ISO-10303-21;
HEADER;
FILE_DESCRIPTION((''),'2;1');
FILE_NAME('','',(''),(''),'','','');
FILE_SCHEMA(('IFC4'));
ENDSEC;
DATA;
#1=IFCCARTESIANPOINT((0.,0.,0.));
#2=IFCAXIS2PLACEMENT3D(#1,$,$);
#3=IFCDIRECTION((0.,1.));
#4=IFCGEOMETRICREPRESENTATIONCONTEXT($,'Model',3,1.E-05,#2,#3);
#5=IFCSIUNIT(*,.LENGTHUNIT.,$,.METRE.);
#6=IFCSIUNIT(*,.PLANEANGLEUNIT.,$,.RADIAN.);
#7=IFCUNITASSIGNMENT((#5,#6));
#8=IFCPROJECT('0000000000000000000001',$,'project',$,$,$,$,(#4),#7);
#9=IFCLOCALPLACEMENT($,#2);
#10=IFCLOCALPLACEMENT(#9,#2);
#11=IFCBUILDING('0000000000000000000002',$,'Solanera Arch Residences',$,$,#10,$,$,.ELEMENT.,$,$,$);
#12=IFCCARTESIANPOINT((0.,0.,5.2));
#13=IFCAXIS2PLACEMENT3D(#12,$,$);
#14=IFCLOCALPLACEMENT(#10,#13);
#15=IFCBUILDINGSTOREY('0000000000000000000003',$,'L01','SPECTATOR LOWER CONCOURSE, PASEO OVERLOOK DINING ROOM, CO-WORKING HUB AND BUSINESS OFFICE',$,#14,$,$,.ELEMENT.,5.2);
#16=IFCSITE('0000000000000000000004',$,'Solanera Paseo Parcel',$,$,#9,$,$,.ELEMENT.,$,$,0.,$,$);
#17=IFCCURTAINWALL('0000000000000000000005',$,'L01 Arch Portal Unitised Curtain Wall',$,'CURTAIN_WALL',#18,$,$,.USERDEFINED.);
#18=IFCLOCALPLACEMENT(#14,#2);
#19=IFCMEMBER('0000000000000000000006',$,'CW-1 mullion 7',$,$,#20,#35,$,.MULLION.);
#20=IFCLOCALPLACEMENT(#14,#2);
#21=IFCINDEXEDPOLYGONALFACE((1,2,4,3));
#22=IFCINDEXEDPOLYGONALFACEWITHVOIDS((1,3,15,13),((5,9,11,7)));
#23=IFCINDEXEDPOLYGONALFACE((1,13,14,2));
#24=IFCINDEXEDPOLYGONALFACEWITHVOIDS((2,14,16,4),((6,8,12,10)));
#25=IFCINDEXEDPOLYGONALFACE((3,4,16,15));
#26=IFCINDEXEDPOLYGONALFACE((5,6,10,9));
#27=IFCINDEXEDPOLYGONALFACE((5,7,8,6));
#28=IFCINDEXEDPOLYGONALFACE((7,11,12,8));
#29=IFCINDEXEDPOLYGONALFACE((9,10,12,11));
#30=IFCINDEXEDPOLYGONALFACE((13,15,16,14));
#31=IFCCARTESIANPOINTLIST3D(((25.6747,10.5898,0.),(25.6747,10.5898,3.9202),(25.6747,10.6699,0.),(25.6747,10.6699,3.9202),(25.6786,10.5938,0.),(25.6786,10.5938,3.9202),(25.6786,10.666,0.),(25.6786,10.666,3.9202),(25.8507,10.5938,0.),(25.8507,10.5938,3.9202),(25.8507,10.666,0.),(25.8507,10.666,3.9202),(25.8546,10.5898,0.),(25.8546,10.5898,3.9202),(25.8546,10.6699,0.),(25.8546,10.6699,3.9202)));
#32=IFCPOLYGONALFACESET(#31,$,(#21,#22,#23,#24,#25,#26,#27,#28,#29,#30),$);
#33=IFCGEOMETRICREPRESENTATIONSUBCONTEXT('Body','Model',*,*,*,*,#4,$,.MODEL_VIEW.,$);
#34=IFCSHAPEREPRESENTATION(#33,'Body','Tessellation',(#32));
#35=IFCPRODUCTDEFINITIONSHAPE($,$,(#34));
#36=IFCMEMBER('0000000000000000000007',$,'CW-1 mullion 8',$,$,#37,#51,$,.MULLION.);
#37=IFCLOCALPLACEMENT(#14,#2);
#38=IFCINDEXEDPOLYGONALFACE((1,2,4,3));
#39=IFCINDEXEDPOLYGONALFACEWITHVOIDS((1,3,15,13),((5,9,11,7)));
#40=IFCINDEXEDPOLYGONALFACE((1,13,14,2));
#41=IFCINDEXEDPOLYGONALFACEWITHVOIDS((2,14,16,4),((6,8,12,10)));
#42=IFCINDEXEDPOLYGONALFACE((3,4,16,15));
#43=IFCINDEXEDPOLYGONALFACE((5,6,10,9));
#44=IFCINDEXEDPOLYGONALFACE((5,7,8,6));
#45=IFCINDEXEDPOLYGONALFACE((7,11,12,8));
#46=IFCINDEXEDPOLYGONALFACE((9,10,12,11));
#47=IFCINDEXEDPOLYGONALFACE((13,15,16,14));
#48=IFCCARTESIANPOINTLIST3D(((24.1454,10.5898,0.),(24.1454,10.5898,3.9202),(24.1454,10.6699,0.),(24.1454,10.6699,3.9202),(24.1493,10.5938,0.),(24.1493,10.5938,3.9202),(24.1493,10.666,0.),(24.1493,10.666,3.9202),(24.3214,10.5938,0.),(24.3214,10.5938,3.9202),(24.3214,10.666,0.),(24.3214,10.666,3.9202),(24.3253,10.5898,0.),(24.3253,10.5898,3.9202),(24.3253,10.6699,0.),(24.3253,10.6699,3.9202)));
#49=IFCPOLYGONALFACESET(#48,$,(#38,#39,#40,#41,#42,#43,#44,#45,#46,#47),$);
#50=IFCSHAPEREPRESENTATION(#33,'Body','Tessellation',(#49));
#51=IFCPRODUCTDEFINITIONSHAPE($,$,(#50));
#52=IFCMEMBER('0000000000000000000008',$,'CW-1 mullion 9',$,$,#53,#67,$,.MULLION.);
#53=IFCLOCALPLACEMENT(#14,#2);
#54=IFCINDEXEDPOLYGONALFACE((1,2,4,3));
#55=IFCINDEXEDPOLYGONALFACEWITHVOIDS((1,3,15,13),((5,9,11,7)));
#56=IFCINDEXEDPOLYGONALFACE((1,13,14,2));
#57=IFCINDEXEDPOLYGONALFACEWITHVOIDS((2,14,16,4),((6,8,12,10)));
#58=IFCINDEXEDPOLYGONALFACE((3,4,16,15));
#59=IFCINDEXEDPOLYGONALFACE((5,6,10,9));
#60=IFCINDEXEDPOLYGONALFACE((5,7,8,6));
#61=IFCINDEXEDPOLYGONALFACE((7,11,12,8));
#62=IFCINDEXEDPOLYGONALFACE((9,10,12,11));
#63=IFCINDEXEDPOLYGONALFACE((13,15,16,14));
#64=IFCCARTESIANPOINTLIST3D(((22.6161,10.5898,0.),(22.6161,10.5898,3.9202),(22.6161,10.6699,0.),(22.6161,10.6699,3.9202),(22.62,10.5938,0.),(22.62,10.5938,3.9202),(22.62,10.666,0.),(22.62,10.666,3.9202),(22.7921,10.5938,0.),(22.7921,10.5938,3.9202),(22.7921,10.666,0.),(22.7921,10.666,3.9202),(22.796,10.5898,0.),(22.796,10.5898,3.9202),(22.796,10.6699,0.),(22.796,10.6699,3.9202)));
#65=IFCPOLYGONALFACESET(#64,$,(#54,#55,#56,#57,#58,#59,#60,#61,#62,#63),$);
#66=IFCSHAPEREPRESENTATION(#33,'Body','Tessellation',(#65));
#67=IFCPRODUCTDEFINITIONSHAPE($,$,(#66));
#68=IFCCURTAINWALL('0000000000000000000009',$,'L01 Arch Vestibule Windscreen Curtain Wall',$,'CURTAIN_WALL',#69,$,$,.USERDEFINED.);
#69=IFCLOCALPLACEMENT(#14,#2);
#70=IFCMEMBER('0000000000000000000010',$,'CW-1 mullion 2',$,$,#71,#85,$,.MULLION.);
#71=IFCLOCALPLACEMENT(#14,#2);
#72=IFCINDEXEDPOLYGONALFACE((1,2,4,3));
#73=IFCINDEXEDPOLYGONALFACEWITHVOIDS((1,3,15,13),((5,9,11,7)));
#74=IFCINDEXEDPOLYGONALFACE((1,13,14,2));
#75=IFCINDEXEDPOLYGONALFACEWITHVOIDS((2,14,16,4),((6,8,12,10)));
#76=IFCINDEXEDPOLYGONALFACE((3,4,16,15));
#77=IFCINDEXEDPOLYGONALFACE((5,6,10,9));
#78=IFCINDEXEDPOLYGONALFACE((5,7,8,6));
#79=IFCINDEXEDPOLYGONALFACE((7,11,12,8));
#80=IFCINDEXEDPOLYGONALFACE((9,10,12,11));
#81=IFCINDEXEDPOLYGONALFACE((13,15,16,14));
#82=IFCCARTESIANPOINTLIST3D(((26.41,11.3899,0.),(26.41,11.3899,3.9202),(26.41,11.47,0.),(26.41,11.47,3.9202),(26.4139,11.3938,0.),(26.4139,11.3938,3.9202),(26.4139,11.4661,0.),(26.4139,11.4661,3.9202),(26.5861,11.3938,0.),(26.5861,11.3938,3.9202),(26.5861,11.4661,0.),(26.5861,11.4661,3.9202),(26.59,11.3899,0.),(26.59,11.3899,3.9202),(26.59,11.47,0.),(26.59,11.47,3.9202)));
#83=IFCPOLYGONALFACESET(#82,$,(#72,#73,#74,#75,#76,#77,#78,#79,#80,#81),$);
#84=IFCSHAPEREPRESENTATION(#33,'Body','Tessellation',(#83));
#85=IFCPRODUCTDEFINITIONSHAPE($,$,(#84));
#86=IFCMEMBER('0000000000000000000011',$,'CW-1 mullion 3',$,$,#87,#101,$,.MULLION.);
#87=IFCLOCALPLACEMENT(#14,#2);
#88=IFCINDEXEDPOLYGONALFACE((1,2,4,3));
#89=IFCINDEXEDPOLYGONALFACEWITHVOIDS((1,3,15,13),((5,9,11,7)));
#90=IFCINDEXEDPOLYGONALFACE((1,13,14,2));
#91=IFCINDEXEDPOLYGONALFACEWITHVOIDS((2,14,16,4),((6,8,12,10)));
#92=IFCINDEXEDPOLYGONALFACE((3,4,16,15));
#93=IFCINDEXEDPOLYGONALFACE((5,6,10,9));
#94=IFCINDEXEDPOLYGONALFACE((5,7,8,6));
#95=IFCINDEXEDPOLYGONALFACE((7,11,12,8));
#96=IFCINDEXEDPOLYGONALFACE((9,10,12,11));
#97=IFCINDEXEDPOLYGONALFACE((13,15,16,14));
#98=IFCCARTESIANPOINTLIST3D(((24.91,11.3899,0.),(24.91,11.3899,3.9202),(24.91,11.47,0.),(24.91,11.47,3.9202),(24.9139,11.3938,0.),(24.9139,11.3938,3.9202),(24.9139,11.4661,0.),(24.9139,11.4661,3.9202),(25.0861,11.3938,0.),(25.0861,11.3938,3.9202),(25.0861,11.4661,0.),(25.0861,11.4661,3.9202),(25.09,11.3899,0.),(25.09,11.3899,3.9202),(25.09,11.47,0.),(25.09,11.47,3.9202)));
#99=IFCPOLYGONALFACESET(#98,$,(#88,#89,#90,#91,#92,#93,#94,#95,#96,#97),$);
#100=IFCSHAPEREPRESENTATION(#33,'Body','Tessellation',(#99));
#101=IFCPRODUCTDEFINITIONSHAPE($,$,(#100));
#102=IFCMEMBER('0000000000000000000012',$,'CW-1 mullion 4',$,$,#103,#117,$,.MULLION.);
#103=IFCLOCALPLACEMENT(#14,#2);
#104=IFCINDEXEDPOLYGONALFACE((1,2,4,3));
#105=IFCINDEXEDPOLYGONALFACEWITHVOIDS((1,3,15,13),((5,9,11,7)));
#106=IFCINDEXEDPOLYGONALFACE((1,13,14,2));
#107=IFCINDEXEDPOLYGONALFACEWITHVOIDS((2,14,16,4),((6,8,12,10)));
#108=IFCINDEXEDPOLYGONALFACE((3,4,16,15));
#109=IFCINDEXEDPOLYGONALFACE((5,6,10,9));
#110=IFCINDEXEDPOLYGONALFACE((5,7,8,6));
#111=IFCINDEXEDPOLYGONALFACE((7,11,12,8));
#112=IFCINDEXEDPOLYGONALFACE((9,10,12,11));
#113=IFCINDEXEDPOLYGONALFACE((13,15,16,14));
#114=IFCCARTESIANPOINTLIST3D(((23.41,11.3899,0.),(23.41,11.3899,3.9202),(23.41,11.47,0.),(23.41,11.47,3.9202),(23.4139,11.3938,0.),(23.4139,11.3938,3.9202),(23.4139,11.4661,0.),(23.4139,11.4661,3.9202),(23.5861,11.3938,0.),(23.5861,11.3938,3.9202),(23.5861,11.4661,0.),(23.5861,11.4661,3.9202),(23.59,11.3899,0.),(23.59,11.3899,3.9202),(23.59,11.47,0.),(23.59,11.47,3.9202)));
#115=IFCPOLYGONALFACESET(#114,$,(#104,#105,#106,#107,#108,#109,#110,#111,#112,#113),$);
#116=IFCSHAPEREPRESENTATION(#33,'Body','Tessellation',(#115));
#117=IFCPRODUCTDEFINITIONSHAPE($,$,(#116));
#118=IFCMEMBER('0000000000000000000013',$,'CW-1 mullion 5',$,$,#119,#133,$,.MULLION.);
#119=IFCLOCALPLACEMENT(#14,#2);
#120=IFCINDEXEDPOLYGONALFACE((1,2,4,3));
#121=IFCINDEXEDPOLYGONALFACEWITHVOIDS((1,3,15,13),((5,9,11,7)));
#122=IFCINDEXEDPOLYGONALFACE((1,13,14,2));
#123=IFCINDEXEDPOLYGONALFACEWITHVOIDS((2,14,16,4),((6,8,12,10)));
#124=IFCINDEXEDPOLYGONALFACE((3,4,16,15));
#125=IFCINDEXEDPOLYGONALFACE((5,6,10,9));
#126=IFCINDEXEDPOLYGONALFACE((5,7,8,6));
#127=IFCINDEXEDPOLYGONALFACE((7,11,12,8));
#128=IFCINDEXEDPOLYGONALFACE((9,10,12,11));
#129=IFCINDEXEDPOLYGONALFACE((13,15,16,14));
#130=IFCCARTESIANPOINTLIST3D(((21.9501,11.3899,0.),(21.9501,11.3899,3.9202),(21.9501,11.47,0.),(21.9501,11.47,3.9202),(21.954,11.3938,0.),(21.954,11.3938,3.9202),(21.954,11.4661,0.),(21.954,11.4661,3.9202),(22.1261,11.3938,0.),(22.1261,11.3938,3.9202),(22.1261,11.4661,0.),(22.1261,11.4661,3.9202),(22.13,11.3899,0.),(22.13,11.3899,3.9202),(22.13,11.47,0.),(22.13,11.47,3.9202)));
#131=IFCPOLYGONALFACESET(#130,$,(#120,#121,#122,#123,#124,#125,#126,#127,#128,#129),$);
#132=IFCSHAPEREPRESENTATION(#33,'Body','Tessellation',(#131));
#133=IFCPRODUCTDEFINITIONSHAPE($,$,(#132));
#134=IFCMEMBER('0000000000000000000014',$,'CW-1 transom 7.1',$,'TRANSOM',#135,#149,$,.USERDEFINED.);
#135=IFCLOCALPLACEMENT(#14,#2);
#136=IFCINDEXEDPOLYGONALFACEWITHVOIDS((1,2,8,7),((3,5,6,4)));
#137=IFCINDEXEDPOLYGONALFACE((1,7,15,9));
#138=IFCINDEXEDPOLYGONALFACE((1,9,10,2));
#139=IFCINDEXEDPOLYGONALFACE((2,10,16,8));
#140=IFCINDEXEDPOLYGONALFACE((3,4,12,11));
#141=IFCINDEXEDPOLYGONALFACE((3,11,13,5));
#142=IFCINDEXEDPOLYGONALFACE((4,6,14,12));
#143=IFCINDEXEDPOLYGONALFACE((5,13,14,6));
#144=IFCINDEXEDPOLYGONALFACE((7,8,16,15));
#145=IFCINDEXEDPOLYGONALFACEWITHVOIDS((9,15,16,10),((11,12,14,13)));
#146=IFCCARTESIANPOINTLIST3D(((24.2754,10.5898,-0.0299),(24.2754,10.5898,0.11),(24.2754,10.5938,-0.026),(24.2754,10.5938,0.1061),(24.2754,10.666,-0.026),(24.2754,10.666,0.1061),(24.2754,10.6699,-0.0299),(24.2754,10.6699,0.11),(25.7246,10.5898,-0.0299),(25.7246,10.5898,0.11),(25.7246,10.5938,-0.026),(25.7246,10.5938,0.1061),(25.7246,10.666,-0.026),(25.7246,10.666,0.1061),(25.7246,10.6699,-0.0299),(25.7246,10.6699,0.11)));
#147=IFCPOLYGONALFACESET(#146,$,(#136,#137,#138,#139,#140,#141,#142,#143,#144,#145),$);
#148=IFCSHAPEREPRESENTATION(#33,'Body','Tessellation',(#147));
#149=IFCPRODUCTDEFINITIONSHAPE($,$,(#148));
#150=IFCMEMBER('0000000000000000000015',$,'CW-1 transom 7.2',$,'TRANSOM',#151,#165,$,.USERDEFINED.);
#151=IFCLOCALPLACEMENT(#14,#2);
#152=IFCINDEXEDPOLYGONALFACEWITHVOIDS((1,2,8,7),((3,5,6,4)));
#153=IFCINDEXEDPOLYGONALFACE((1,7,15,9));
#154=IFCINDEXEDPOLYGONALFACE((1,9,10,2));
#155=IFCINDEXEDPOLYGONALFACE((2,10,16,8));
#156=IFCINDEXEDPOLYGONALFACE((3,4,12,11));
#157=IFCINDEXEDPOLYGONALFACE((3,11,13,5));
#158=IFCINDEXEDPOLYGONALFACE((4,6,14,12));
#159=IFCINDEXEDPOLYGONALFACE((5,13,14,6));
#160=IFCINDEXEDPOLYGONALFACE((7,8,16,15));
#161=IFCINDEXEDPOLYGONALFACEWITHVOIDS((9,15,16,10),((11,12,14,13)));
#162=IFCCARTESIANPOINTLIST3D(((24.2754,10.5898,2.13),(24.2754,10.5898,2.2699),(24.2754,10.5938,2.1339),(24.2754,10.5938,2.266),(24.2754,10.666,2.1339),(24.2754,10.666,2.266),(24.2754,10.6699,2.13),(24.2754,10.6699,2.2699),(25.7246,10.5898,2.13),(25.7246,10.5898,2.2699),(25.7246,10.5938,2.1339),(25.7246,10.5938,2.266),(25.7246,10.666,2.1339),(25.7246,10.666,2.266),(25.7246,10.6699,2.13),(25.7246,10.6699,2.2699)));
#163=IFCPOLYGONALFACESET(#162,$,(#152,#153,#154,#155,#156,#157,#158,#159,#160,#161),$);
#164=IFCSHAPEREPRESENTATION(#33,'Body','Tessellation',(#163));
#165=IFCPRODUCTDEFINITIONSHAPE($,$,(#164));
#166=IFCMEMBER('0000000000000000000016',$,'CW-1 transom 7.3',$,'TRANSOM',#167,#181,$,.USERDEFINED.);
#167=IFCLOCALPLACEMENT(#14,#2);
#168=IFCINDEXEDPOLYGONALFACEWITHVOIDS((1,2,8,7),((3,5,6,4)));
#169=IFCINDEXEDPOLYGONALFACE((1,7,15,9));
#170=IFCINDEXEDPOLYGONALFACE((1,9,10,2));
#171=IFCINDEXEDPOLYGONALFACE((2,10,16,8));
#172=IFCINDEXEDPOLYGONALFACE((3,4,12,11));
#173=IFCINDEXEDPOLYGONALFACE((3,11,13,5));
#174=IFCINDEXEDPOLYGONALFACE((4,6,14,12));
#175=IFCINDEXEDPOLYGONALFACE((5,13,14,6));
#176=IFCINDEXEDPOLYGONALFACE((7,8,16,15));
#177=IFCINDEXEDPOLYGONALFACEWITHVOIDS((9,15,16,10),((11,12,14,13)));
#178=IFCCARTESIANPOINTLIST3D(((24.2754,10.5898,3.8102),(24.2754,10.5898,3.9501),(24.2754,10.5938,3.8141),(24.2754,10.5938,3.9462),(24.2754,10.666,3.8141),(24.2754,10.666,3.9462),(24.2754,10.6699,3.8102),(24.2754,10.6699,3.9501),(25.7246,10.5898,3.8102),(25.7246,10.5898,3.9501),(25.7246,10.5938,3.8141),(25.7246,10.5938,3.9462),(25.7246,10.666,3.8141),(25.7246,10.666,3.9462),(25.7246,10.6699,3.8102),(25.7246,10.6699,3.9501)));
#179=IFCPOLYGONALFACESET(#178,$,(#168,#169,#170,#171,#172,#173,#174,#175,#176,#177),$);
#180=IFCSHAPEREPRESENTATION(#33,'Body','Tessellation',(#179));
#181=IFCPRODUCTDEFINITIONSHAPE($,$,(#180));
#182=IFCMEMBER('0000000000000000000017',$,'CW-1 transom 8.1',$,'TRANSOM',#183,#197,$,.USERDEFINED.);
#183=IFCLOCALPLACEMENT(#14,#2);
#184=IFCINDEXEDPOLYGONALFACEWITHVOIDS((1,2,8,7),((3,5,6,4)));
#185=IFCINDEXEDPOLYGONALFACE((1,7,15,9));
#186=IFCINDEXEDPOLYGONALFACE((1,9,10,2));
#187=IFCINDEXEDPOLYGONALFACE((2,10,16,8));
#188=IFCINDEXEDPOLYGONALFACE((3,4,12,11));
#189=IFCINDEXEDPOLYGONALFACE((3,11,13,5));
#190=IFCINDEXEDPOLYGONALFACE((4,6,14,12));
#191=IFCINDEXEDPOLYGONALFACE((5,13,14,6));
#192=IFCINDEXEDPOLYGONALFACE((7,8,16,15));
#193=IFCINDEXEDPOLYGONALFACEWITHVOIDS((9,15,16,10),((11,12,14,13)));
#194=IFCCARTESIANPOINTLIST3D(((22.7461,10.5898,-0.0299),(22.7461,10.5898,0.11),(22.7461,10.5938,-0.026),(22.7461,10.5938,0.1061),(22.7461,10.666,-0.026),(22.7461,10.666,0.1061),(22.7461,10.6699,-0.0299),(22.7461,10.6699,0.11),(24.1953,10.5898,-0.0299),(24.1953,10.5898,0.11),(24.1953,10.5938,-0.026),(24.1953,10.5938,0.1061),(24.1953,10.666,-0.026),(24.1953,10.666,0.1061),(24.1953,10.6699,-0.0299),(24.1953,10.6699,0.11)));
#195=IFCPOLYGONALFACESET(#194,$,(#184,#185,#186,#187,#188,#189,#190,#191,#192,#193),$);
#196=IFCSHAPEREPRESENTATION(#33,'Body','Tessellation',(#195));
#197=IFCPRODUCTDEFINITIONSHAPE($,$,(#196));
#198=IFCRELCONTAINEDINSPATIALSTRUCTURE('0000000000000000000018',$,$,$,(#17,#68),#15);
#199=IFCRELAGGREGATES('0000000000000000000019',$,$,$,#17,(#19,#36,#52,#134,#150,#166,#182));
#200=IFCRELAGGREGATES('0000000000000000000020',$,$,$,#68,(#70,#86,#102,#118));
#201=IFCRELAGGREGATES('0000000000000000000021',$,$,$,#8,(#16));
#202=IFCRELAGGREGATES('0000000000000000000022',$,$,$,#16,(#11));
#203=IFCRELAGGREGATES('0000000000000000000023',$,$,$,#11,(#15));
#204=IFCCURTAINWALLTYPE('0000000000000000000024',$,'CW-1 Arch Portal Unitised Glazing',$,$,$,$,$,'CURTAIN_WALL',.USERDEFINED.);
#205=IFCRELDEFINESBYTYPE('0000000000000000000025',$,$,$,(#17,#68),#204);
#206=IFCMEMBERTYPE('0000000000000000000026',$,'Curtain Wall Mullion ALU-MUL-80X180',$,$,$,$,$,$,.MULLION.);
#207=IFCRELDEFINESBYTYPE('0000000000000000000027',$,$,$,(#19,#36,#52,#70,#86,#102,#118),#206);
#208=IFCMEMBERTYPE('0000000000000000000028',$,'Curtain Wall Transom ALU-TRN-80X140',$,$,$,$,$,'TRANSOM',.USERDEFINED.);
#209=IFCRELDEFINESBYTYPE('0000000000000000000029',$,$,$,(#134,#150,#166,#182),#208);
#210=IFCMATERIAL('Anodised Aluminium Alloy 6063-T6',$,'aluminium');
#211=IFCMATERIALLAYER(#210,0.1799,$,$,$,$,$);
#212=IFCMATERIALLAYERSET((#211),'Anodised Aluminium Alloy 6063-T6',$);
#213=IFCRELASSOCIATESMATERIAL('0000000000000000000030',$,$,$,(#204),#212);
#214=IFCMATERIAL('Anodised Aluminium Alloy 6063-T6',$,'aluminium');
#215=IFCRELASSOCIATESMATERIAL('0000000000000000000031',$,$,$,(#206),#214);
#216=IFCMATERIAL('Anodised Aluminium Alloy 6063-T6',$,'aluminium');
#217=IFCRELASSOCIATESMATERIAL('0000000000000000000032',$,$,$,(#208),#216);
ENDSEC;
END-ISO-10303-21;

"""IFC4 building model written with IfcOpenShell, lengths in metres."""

from ifc_helpers import new_model, si_unit, direction, frame, origin, origin_2d, place, context, subcontext, project, spatial, hollow_rectangle, extrude, material, layer, layer_set, material_profile, profile_set, type_object, element, aggregate, save


model = new_model("IFC4")

# Units and contexts
model_context = context("Model", 3, precision=1e-05, world=origin(), true_north=direction((0.0, 1.0)))
body_context = subcontext(model_context, "Body", "Model", "MODEL_VIEW")
ifc_project = project(units=[si_unit("LENGTHUNIT", "METRE"), si_unit("PLANEANGLEUNIT", "RADIAN")], contexts=[model_context])

# Site, building, storey
site_placement = place(None, origin())
site = spatial("IfcSite", under=ifc_project, at=site_placement, Name="Solanera Paseo Parcel", CompositionType="ELEMENT", RefElevation=0.0)
building_placement = place(site_placement, origin())
building = spatial("IfcBuilding", under=site, at=building_placement, Name="Solanera Arch Residences", CompositionType="ELEMENT")
storey_placement = place(building_placement, frame((0.0, 0.0, 5.2)))
storey = spatial("IfcBuildingStorey", under=building, at=storey_placement, Name="L01", Description="SPECTATOR LOWER CONCOURSE, PASEO OVERLOOK DINING ROOM, CO-WORKING HUB AND BUSINESS OFFICE", CompositionType="ELEMENT", Elevation=5.2)

# Curtain walls, members
ifc_material_1 = material(Name="Anodised Aluminium Alloy 6063-T6", Category="aluminium")
ifc_layer_1 = layer(ifc_material_1, 0.1799)
ifc_layer_set_1 = layer_set([ifc_layer_1], Name="Anodised Aluminium Alloy 6063-T6")
curtain_wall_type = type_object("IfcCurtainWallType", Name="CW-1 Arch Portal Unitised Glazing", ElementType="CURTAIN_WALL", PredefinedType="USERDEFINED", material=ifc_layer_set_1)
curtain_wall_1_placement = place(storey_placement, origin())
curtain_wall_1 = element("IfcCurtainWall", 1, at=curtain_wall_1_placement, inside=storey, type_object=curtain_wall_type, Name="L01 Arch Portal Unitised Curtain Wall", ObjectType="CURTAIN_WALL", PredefinedType="USERDEFINED")
ifc_material_2 = material(Name="Anodised Aluminium Alloy 6063-T6", Category="aluminium")
ifc_material_profile_1 = material_profile(ifc_material_2, hollow_rectangle(XDim=0.0801, YDim=0.1799, WallThickness=0.0039, at=origin_2d()))
ifc_profile_set_1 = profile_set([ifc_material_profile_1], Name="Anodised Aluminium Alloy 6063-T6")
member_type_1 = type_object("IfcMemberType", Name="Curtain Wall Mullion ALU-MUL-80X180", PredefinedType="MULLION", material=ifc_profile_set_1)
member_1_placement = place(storey_placement, frame((25.7646, 10.6299, 0.0), z_axis=(0.0, 0.0, 1.0), x_axis=(0.0, -1.0, 0.0)))
member_1 = element("IfcMember", 2, at=member_1_placement, type_object=member_type_1, Name="CW-1 mullion 7", PredefinedType="MULLION", context=body_context, shape_type="SweptSolid", body=[
    extrude(hollow_rectangle(XDim=0.0801, YDim=0.1799, WallThickness=0.0039, at=origin_2d()), origin(), (0.0, 0.0, 1.0), 3.9202),
])
member_2_placement = place(storey_placement, frame((24.2354, 10.6299, 0.0), z_axis=(0.0, 0.0, 1.0), x_axis=(0.0, -1.0, 0.0)))
member_2 = element("IfcMember", 3, at=member_2_placement, type_object=member_type_1, Name="CW-1 mullion 8", PredefinedType="MULLION", context=body_context, shape_type="SweptSolid", body=[
    extrude(hollow_rectangle(XDim=0.0801, YDim=0.1799, WallThickness=0.0039, at=origin_2d()), origin(), (0.0, 0.0, 1.0), 3.9202),
])
member_3_placement = place(storey_placement, frame((22.7061, 10.6299, 0.0), z_axis=(0.0, 0.0, 1.0), x_axis=(0.0, -1.0, 0.0)))
member_3 = element("IfcMember", 4, at=member_3_placement, type_object=member_type_1, Name="CW-1 mullion 9", PredefinedType="MULLION", context=body_context, shape_type="SweptSolid", body=[
    extrude(hollow_rectangle(XDim=0.0801, YDim=0.1799, WallThickness=0.0039, at=origin_2d()), origin(), (0.0, 0.0, 1.0), 3.9202),
])
curtain_wall_2_placement = place(storey_placement, origin())
curtain_wall_2 = element("IfcCurtainWall", 5, at=curtain_wall_2_placement, inside=storey, type_object=curtain_wall_type, Name="L01 Arch Vestibule Windscreen Curtain Wall", ObjectType="CURTAIN_WALL", PredefinedType="USERDEFINED")
member_4_placement = place(storey_placement, frame((26.5, 11.4299, 0.0), z_axis=(0.0, 0.0, 1.0), x_axis=(0.0, -1.0, 0.0)))
member_4 = element("IfcMember", 6, at=member_4_placement, type_object=member_type_1, Name="CW-1 mullion 2", PredefinedType="MULLION", context=body_context, shape_type="SweptSolid", body=[
    extrude(hollow_rectangle(XDim=0.0801, YDim=0.1799, WallThickness=0.0039, at=origin_2d()), origin(), (0.0, 0.0, 1.0), 3.9202),
])
member_5_placement = place(storey_placement, frame((25.0, 11.4299, 0.0), z_axis=(0.0, 0.0, 1.0), x_axis=(0.0, -1.0, 0.0)))
member_5 = element("IfcMember", 7, at=member_5_placement, type_object=member_type_1, Name="CW-1 mullion 3", PredefinedType="MULLION", context=body_context, shape_type="SweptSolid", body=[
    extrude(hollow_rectangle(XDim=0.0801, YDim=0.1799, WallThickness=0.0039, at=origin_2d()), origin(), (0.0, 0.0, 1.0), 3.9202),
])
member_6_placement = place(storey_placement, frame((23.5, 11.4299, 0.0), z_axis=(0.0, 0.0, 1.0), x_axis=(0.0, -1.0, 0.0)))
member_6 = element("IfcMember", 8, at=member_6_placement, type_object=member_type_1, Name="CW-1 mullion 4", PredefinedType="MULLION", context=body_context, shape_type="SweptSolid", body=[
    extrude(hollow_rectangle(XDim=0.0801, YDim=0.1799, WallThickness=0.0039, at=origin_2d()), origin(), (0.0, 0.0, 1.0), 3.9202),
])
member_7_placement = place(storey_placement, frame((22.04, 11.4299, 0.0), z_axis=(0.0, 0.0, 1.0), x_axis=(0.0, -1.0, 0.0)))
member_7 = element("IfcMember", 9, at=member_7_placement, type_object=member_type_1, Name="CW-1 mullion 5", PredefinedType="MULLION", context=body_context, shape_type="SweptSolid", body=[
    extrude(hollow_rectangle(XDim=0.0801, YDim=0.1799, WallThickness=0.0039, at=origin_2d()), origin(), (0.0, 0.0, 1.0), 3.9202),
])

# Members
ifc_material_3 = material(Name="Anodised Aluminium Alloy 6063-T6", Category="aluminium")
ifc_material_profile_2 = material_profile(ifc_material_3, hollow_rectangle(XDim=0.0801, YDim=0.1399, WallThickness=0.0039, at=origin_2d()))
ifc_profile_set_2 = profile_set([ifc_material_profile_2], Name="Anodised Aluminium Alloy 6063-T6")
member_type_2 = type_object("IfcMemberType", Name="Curtain Wall Transom ALU-TRN-80X140", ElementType="TRANSOM", PredefinedType="USERDEFINED", material=ifc_profile_set_2)
member_8_placement = place(storey_placement, frame((25.7246, 10.6299, 0.04), z_axis=(-1.0, 0.0, 0.0), x_axis=(0.0, -1.0, 0.0)))
member_8 = element("IfcMember", 10, at=member_8_placement, type_object=member_type_2, Name="CW-1 transom 7.1", ObjectType="TRANSOM", PredefinedType="USERDEFINED", context=body_context, shape_type="SweptSolid", body=[
    extrude(hollow_rectangle(XDim=0.0801, YDim=0.1399, WallThickness=0.0039, at=origin_2d()), origin(), (0.0, 0.0, 1.0), 1.4492),
])
member_9_placement = place(storey_placement, frame((25.7246, 10.6299, 2.2), z_axis=(-1.0, 0.0, 0.0), x_axis=(0.0, -1.0, 0.0)))
member_9 = element("IfcMember", 11, at=member_9_placement, type_object=member_type_2, Name="CW-1 transom 7.2", ObjectType="TRANSOM", PredefinedType="USERDEFINED", context=body_context, shape_type="SweptSolid", body=[
    extrude(hollow_rectangle(XDim=0.0801, YDim=0.1399, WallThickness=0.0039, at=origin_2d()), origin(), (0.0, 0.0, 1.0), 1.4492),
])
member_10_placement = place(storey_placement, frame((25.7246, 10.6299, 3.8801), z_axis=(-1.0, 0.0, 0.0), x_axis=(0.0, -1.0, 0.0)))
member_10 = element("IfcMember", 12, at=member_10_placement, type_object=member_type_2, Name="CW-1 transom 7.3", ObjectType="TRANSOM", PredefinedType="USERDEFINED", context=body_context, shape_type="SweptSolid", body=[
    extrude(hollow_rectangle(XDim=0.0801, YDim=0.1399, WallThickness=0.0039, at=origin_2d()), origin(), (0.0, 0.0, 1.0), 1.4492),
])
member_11_placement = place(storey_placement, frame((24.1953, 10.6299, 0.04), z_axis=(-1.0, 0.0, 0.0), x_axis=(0.0, -1.0, 0.0)))
member_11 = element("IfcMember", 13, at=member_11_placement, type_object=member_type_2, Name="CW-1 transom 8.1", ObjectType="TRANSOM", PredefinedType="USERDEFINED", context=body_context, shape_type="SweptSolid", body=[
    extrude(hollow_rectangle(XDim=0.0801, YDim=0.1399, WallThickness=0.0039, at=origin_2d()), origin(), (0.0, 0.0, 1.0), 1.4492),
])

aggregate(curtain_wall_1, [member_1, member_2, member_3, member_8, member_9, member_10, member_11])
aggregate(curtain_wall_2, [member_4, member_5, member_6, member_7])

save(model, "model.ifc")
